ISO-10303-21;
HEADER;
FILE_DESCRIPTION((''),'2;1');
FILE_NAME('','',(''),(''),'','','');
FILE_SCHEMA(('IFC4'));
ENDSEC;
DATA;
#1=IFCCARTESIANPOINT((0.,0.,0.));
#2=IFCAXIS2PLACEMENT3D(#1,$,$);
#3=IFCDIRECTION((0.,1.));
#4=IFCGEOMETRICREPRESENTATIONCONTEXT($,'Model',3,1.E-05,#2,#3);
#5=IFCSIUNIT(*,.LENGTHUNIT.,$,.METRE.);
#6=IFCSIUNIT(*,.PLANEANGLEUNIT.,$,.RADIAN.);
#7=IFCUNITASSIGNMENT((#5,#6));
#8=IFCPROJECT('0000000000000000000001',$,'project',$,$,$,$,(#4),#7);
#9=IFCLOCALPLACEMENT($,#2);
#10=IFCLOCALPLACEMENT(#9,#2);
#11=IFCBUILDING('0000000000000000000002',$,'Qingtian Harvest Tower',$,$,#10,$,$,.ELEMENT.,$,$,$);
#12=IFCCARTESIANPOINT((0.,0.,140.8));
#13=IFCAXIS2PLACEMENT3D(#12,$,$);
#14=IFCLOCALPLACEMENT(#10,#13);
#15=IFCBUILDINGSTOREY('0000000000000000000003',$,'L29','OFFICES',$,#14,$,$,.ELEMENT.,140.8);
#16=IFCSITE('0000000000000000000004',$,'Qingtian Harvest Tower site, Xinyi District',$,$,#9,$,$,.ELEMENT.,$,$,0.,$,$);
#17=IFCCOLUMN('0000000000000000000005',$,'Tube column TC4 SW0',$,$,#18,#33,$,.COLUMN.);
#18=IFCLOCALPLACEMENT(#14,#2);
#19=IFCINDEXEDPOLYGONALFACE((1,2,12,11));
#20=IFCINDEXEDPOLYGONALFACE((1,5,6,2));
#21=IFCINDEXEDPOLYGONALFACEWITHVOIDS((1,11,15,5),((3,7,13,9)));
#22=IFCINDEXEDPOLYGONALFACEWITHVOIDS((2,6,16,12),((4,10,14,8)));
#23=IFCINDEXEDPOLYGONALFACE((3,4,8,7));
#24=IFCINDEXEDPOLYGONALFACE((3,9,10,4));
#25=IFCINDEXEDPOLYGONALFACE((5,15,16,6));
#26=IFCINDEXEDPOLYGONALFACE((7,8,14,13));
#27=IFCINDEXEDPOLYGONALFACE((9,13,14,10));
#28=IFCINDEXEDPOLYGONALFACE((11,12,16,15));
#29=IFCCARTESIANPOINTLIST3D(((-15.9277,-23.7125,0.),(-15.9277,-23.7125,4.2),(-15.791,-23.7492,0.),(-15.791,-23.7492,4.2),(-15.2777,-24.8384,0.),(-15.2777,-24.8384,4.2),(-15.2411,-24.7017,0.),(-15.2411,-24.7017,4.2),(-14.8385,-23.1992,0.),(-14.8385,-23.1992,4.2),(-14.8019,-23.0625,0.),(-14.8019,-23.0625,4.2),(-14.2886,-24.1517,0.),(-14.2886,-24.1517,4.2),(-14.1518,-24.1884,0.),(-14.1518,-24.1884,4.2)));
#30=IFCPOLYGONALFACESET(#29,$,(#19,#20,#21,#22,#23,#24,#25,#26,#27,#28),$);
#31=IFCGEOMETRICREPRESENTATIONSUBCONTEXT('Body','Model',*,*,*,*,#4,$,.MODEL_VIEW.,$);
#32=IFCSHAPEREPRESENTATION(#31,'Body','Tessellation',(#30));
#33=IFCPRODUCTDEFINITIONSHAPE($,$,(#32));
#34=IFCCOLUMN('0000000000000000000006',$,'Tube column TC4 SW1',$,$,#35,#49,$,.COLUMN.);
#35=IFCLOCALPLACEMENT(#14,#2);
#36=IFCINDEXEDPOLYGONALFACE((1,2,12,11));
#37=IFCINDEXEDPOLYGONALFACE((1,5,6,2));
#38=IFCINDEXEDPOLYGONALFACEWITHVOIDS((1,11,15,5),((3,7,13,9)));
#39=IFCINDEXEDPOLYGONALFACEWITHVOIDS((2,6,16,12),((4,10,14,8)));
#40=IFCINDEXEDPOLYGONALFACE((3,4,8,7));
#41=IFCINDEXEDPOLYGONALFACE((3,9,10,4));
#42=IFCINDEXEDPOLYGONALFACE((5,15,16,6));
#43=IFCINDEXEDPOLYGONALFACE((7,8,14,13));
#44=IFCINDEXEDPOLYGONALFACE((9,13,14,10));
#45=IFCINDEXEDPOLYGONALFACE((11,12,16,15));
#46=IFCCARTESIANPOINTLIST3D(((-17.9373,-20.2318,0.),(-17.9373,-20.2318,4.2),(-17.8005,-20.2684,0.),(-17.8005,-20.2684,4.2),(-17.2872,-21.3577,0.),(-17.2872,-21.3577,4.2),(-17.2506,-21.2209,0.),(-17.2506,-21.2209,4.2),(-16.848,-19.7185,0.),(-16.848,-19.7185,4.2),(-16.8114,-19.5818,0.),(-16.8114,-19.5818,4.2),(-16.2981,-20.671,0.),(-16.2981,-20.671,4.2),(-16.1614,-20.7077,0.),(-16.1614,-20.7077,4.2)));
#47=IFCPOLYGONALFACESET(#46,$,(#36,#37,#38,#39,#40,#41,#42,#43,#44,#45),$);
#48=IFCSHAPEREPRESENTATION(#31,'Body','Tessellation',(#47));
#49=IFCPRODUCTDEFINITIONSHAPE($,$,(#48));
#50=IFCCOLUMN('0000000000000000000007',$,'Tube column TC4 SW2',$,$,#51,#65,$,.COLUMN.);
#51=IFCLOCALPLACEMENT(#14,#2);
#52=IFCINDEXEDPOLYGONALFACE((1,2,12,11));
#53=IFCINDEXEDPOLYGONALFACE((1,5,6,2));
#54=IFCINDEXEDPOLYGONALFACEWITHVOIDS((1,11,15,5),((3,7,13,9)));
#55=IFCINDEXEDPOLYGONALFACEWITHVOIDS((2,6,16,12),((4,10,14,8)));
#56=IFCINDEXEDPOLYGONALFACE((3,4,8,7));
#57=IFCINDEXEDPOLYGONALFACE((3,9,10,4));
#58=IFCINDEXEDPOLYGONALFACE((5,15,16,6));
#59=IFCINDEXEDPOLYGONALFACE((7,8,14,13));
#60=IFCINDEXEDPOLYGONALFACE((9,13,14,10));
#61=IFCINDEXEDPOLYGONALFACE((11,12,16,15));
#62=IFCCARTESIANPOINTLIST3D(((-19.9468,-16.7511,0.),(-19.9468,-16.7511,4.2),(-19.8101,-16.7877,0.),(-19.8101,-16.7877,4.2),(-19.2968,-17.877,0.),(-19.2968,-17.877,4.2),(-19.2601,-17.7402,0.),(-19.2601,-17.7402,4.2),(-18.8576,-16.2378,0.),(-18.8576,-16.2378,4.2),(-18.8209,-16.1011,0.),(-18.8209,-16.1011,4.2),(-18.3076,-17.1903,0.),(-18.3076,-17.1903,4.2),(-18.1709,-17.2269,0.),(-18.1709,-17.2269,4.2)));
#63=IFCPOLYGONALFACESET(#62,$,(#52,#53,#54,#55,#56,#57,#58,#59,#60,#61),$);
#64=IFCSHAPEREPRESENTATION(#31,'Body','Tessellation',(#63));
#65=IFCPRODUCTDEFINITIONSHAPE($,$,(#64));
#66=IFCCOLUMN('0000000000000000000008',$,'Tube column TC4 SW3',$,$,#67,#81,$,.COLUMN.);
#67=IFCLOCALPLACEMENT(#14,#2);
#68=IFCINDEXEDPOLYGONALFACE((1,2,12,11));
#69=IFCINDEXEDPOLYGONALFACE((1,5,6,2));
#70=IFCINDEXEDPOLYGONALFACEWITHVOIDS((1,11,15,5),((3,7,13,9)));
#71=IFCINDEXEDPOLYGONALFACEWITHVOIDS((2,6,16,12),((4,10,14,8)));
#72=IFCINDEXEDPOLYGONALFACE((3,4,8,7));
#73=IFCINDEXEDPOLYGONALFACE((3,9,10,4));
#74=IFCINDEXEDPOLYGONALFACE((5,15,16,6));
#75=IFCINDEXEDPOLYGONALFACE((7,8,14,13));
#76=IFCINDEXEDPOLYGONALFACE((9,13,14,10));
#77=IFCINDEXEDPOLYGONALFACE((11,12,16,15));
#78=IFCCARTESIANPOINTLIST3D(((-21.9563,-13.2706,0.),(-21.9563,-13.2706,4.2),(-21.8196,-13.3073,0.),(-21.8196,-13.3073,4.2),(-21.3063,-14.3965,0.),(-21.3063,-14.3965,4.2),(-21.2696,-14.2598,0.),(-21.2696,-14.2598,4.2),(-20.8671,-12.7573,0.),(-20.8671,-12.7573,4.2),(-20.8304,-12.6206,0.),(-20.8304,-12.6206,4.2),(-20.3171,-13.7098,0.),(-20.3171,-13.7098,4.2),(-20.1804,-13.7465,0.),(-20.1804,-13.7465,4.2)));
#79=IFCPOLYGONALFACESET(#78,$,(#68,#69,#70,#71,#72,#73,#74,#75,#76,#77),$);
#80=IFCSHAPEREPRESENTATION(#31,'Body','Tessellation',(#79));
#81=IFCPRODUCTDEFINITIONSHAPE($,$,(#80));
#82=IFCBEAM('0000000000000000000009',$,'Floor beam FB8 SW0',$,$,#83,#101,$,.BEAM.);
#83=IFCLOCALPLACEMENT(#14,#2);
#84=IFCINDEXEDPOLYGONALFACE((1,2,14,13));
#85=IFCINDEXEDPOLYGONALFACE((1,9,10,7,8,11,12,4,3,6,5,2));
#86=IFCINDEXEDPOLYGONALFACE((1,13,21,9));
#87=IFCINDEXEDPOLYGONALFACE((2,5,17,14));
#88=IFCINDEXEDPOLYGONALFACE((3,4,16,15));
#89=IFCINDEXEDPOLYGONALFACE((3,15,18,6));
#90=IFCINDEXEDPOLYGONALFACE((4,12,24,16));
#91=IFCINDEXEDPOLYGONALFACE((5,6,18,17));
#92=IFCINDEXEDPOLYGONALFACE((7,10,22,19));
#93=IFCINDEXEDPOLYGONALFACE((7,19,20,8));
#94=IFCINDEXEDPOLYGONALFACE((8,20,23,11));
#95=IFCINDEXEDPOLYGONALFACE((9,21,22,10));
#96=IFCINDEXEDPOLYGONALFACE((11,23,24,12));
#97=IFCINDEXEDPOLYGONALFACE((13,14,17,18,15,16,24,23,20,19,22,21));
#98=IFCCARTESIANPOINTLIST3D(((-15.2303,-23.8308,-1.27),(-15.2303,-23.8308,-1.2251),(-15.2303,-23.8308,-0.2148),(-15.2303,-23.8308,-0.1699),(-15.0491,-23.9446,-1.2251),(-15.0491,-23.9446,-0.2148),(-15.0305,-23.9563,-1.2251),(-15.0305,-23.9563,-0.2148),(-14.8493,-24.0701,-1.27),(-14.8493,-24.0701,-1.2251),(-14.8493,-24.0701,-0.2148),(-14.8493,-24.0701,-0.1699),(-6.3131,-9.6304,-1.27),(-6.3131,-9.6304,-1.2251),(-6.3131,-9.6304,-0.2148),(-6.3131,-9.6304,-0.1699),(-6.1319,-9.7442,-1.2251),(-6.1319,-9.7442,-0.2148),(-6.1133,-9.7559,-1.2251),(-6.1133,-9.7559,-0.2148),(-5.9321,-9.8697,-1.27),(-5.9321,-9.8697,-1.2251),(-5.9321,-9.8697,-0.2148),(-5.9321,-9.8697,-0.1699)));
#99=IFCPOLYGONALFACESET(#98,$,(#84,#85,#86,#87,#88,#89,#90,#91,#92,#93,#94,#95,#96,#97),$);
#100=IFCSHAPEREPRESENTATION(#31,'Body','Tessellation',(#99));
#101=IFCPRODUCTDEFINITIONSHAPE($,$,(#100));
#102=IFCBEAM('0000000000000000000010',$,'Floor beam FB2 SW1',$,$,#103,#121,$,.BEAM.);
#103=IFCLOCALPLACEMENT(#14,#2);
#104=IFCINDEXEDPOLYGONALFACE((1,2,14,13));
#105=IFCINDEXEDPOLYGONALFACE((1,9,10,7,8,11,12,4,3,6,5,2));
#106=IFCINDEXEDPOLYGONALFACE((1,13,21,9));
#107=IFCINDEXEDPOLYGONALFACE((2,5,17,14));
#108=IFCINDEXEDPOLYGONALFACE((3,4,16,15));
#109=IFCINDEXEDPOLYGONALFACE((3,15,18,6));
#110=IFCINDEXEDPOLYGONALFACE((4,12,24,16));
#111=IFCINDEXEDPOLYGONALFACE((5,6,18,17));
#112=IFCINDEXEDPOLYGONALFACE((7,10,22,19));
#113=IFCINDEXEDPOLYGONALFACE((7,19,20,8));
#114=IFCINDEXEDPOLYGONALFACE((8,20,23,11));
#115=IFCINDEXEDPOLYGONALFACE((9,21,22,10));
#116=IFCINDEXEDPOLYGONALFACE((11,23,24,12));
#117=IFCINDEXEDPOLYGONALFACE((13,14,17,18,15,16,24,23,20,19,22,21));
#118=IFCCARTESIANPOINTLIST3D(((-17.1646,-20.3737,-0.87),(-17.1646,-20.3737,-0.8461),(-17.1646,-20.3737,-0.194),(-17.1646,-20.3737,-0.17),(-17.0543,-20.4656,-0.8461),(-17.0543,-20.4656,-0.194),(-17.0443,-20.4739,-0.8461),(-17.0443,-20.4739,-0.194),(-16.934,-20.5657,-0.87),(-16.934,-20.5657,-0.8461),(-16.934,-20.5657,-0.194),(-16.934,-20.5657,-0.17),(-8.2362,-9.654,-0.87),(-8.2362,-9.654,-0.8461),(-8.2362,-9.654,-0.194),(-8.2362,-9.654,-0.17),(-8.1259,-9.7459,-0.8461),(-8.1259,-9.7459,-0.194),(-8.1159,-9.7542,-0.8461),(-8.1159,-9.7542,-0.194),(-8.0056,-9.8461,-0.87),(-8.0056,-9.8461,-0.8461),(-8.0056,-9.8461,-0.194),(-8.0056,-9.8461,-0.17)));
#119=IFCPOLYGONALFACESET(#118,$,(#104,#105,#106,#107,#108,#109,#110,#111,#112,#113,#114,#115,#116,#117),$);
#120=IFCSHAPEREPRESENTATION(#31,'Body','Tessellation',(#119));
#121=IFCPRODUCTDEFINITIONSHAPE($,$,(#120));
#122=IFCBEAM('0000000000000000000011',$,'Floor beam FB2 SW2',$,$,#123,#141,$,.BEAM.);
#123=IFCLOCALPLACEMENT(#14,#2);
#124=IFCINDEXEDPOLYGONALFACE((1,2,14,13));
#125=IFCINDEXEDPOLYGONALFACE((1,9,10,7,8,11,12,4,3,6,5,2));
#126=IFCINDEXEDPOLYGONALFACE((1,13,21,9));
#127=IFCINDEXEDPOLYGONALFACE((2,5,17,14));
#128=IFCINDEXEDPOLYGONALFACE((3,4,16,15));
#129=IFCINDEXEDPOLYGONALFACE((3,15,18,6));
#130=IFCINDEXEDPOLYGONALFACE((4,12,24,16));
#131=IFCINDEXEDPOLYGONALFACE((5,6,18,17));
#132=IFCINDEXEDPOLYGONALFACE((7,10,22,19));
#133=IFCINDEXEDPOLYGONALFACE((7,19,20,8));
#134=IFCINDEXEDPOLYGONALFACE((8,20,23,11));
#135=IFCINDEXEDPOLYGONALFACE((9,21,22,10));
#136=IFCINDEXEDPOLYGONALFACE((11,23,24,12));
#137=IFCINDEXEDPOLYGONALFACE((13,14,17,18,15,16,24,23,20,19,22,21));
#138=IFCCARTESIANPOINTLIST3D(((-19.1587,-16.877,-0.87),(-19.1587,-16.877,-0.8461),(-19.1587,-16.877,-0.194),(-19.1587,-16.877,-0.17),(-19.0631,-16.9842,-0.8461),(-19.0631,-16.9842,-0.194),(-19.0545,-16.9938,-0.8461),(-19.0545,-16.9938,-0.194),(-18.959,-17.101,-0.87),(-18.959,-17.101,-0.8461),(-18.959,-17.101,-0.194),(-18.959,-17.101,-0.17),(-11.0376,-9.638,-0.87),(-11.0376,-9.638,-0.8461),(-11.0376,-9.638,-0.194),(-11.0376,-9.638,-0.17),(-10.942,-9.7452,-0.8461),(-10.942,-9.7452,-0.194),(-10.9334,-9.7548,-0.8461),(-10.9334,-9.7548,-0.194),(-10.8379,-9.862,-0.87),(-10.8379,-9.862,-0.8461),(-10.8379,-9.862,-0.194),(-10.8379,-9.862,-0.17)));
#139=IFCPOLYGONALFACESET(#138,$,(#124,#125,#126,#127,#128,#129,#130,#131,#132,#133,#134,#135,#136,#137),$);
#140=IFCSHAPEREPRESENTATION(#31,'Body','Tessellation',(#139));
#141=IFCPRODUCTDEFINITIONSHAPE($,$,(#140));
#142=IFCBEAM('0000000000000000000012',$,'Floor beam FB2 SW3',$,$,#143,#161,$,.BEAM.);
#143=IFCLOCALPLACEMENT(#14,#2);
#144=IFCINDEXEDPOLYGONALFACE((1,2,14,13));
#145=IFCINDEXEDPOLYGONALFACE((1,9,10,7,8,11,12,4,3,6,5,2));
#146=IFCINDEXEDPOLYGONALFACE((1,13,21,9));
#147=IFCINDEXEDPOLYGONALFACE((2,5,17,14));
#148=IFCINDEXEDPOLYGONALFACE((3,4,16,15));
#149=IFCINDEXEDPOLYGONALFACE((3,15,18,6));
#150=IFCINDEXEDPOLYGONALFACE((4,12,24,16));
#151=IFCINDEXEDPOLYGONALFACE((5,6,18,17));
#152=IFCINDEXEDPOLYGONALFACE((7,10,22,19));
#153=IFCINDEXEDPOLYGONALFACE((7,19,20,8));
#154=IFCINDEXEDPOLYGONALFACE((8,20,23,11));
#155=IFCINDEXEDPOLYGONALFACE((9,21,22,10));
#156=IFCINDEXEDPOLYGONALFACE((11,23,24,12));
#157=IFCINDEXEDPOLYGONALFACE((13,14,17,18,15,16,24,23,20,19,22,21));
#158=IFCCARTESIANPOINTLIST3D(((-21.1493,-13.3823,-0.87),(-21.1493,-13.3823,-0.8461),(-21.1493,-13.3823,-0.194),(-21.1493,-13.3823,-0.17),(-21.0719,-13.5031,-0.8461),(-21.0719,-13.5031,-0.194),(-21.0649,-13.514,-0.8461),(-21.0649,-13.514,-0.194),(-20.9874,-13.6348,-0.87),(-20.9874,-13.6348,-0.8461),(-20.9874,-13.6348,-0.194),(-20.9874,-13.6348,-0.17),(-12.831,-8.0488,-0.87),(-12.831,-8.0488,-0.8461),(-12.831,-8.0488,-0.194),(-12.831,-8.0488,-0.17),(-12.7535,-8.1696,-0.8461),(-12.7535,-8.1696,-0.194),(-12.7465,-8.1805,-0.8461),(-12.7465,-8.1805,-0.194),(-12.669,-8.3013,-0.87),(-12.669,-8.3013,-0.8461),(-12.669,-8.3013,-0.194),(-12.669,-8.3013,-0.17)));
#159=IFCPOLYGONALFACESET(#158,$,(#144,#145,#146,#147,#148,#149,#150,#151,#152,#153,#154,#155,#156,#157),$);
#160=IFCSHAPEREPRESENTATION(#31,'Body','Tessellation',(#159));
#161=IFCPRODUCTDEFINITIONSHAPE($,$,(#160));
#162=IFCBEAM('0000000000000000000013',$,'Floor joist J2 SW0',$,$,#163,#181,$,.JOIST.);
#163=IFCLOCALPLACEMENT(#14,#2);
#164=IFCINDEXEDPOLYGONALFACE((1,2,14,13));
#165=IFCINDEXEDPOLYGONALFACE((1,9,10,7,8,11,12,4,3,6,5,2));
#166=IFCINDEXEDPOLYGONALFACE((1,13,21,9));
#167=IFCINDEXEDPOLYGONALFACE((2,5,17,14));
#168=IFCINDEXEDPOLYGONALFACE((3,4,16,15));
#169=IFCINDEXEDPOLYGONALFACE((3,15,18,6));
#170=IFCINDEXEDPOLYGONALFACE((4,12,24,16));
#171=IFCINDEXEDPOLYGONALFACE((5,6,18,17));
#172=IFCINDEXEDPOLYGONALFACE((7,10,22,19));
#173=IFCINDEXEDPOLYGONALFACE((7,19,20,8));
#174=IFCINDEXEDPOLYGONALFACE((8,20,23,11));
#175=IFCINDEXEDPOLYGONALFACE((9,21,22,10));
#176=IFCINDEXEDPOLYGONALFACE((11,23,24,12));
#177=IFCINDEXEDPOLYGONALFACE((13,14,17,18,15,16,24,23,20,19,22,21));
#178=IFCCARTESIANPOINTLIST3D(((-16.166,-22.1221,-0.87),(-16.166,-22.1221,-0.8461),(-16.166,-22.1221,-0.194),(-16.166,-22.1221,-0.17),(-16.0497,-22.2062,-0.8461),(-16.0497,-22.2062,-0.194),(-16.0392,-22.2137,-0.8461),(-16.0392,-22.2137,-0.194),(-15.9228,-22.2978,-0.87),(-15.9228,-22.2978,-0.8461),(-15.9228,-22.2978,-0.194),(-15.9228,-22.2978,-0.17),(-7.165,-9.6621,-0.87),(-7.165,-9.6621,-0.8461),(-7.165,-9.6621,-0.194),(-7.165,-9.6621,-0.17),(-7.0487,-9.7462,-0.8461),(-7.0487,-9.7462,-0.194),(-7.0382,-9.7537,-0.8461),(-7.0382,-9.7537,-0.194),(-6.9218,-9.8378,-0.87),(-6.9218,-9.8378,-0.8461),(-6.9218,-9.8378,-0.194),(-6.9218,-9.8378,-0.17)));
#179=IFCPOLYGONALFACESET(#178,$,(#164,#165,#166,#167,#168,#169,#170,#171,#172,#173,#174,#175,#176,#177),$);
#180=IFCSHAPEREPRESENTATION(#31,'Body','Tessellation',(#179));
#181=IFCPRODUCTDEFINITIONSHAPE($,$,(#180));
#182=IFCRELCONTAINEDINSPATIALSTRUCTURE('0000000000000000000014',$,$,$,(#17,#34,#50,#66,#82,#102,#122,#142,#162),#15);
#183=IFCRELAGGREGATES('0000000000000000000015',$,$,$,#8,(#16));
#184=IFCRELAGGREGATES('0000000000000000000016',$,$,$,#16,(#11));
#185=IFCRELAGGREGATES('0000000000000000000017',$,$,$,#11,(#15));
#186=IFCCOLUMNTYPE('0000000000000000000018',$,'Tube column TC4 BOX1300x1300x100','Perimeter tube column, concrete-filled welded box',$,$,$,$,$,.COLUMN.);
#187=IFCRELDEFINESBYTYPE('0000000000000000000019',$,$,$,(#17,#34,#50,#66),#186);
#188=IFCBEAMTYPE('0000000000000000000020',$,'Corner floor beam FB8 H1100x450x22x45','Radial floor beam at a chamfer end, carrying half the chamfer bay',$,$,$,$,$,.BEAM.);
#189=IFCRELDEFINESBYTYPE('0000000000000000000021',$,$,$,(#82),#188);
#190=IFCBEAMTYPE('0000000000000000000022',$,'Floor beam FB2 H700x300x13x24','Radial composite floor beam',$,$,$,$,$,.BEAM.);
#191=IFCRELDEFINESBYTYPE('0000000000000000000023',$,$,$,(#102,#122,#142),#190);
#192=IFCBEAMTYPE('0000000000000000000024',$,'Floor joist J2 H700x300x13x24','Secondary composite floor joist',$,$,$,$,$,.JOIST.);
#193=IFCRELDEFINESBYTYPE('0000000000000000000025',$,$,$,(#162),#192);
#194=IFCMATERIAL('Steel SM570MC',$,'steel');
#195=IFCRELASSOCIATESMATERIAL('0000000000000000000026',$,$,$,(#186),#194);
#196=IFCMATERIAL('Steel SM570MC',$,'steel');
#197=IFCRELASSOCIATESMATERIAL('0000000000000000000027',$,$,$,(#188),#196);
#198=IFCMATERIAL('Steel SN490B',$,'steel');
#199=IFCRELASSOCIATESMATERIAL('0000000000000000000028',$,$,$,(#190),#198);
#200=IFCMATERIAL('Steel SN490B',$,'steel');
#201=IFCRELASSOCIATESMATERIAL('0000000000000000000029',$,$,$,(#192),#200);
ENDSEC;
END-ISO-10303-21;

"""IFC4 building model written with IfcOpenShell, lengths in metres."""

from ifc_helpers import new_model, si_unit, direction, frame, origin, origin_2d, place, context, subcontext, project, spatial, hollow_rectangle, i_section, extrude, material, material_profile, profile_set, type_object, element, save


model = new_model("IFC4")

# Units and contexts
model_context = context("Model", 3, precision=1e-05, world=origin(), true_north=direction((0.0, 1.0)))
body_context = subcontext(model_context, "Body", "Model", "MODEL_VIEW")
ifc_project = project(units=[si_unit("LENGTHUNIT", "METRE"), si_unit("PLANEANGLEUNIT", "RADIAN")], contexts=[model_context])

# Site, building, storey
site_placement = place(None, origin())
site = spatial("IfcSite", under=ifc_project, at=site_placement, Name="Qingtian Harvest Tower site, Xinyi District", CompositionType="ELEMENT", RefElevation=0.0)
building_placement = place(site_placement, origin())
building = spatial("IfcBuilding", under=site, at=building_placement, Name="Qingtian Harvest Tower", CompositionType="ELEMENT")
storey_placement = place(building_placement, frame((0.0, 0.0, 140.8)))
storey = spatial("IfcBuildingStorey", under=building, at=storey_placement, Name="L29", Description="OFFICES", CompositionType="ELEMENT", Elevation=140.8)

# Columns
ifc_material_1 = material(Name="Steel SM570MC", Category="steel")
ifc_material_profile_1 = material_profile(ifc_material_1, hollow_rectangle(XDim=1.3, YDim=1.3, WallThickness=0.1001, at=origin_2d()), Name="BOX1300x1300x100")
ifc_profile_set_1 = profile_set([ifc_material_profile_1], Name="Steel SM570MC")
column_type = type_object("IfcColumnType", Name="Tube column TC4 BOX1300x1300x100", Description="Perimeter tube column, concrete-filled welded box", PredefinedType="COLUMN", material=ifc_profile_set_1)
for number, where, z_axis, x_axis, name in (
    (1, (-15.0398, -23.9504, 0.0), (0.0, 0.0, 1.0), (0.5, -0.866025, 0.0), "Tube column TC4 SW0"),
    (2, (-17.0493, -20.4697, 0.0), (0.0, 0.0, 1.0), (0.5, -0.866025, 0.0), "Tube column TC4 SW1"),
    (3, (-19.0588, -16.989, 0.0), (0.0, 0.0, 1.0), (0.5, -0.866025, 0.0), "Tube column TC4 SW2"),
    (4, (-21.0684, -13.5085, 0.0), (0.0, 0.0, 1.0), (0.5, -0.866025, 0.0), "Tube column TC4 SW3"),
):
    element("IfcColumn", number, at=place(storey_placement, frame(where, z_axis=z_axis, x_axis=x_axis)), inside=storey, type_object=column_type, Name=name, PredefinedType="COLUMN", context=body_context, shape_type="SweptSolid", body=[
        extrude(hollow_rectangle(XDim=1.3, YDim=1.3, WallThickness=0.1001, at=origin_2d()), origin(), (0.0, 0.0, 1.0), 4.2),
    ])

# Beams
ifc_material_2 = material(Name="Steel SM570MC", Category="steel")
ifc_material_profile_2 = material_profile(ifc_material_2, i_section(OverallWidth=0.45, OverallDepth=1.1001, WebThickness=0.022, FlangeThickness=0.0449, at=origin_2d()), Name="H1100x450x22x45")
ifc_profile_set_2 = profile_set([ifc_material_profile_2], Name="Steel SM570MC")
beam_type_1 = type_object("IfcBeamType", Name="Corner floor beam FB8 H1100x450x22x45", Description="Radial floor beam at a chamfer end, carrying half the chamfer bay", PredefinedType="BEAM", material=ifc_profile_set_2)
beam_1_placement = place(storey_placement, frame((-15.0398, -23.9504, -0.72), z_axis=(0.531797, 0.846872, 0.0), x_axis=(-0.846872, 0.531797, 0.0)))
element("IfcBeam", 5, at=beam_1_placement, inside=storey, type_object=beam_type_1, Name="Floor beam FB8 SW0", PredefinedType="BEAM", context=body_context, shape_type="SweptSolid", body=[
    extrude(i_section(OverallWidth=0.45, OverallDepth=1.1001, WebThickness=0.022, FlangeThickness=0.0449, at=origin_2d()), origin(), (0.0, 0.0, 1.0), 16.7681),
])
ifc_material_3 = material(Name="Steel SN490B", Category="steel")
ifc_material_profile_3 = material_profile(ifc_material_3, i_section(OverallWidth=0.3, OverallDepth=0.7, WebThickness=0.0129, FlangeThickness=0.0239, at=origin_2d()), Name="H700x300x13x24")
ifc_profile_set_3 = profile_set([ifc_material_profile_3], Name="Steel SN490B")
beam_type_2 = type_object("IfcBeamType", Name="Floor beam FB2 H700x300x13x24", Description="Radial composite floor beam", PredefinedType="BEAM", material=ifc_profile_set_3)
beam_2_placement = place(storey_placement, frame((-17.0493, -20.4697, -0.52), z_axis=(0.639988, 0.768385, 0.0), x_axis=(-0.768385, 0.639988, 0.0)))
element("IfcBeam", 6, at=beam_2_placement, inside=storey, type_object=beam_type_2, Name="Floor beam FB2 SW1", PredefinedType="BEAM", context=body_context, shape_type="SweptSolid", body=[
    extrude(i_section(OverallWidth=0.3, OverallDepth=0.7, WebThickness=0.0129, FlangeThickness=0.0239, at=origin_2d()), origin(), (0.0, 0.0, 1.0), 13.9509),
])
beam_3_placement = place(storey_placement, frame((-19.0588, -16.989, -0.52), z_axis=(0.746484, 0.665404, 0.0), x_axis=(-0.665404, 0.746484, 0.0)))
element("IfcBeam", 7, at=beam_3_placement, inside=storey, type_object=beam_type_2, Name="Floor beam FB2 SW2", PredefinedType="BEAM", context=body_context, shape_type="SweptSolid", body=[
    extrude(i_section(OverallWidth=0.3, OverallDepth=0.7, WebThickness=0.0129, FlangeThickness=0.0239, at=origin_2d()), origin(), (0.0, 0.0, 1.0), 10.8792),
])
beam_4_placement = place(storey_placement, frame((-21.0684, -13.5085, -0.52), z_axis=(0.841823, 0.539753, 0.0), x_axis=(-0.539753, 0.841823, 0.0)))
element("IfcBeam", 8, at=beam_4_placement, inside=storey, type_object=beam_type_2, Name="Floor beam FB2 SW3", PredefinedType="BEAM", context=body_context, shape_type="SweptSolid", body=[
    extrude(i_section(OverallWidth=0.3, OverallDepth=0.7, WebThickness=0.0129, FlangeThickness=0.0239, at=origin_2d()), origin(), (0.0, 0.0, 1.0), 9.8813),
])
ifc_material_4 = material(Name="Steel SN490B", Category="steel")
ifc_material_profile_4 = material_profile(ifc_material_4, i_section(OverallWidth=0.3, OverallDepth=0.7, WebThickness=0.0129, FlangeThickness=0.0239, at=origin_2d()), Name="H700x300x13x24")
ifc_profile_set_4 = profile_set([ifc_material_profile_4], Name="Steel SN490B")
beam_type_3 = type_object("IfcBeamType", Name="Floor joist J2 H700x300x13x24", Description="Secondary composite floor joist", PredefinedType="JOIST", material=ifc_profile_set_4)
beam_5_placement = place(storey_placement, frame((-16.0444, -22.21, -0.52), z_axis=(0.585581, 0.810614, 0.0), x_axis=(-0.810614, 0.585581, 0.0)))
element("IfcBeam", 9, at=beam_5_placement, inside=storey, type_object=beam_type_3, Name="Floor joist J2 SW0", PredefinedType="JOIST", context=body_context, shape_type="SweptSolid", body=[
    extrude(i_section(OverallWidth=0.3, OverallDepth=0.7, WebThickness=0.0129, FlangeThickness=0.0239, at=origin_2d()), origin(), (0.0, 0.0, 1.0), 15.3711),
])

save(model, "model.ifc")
